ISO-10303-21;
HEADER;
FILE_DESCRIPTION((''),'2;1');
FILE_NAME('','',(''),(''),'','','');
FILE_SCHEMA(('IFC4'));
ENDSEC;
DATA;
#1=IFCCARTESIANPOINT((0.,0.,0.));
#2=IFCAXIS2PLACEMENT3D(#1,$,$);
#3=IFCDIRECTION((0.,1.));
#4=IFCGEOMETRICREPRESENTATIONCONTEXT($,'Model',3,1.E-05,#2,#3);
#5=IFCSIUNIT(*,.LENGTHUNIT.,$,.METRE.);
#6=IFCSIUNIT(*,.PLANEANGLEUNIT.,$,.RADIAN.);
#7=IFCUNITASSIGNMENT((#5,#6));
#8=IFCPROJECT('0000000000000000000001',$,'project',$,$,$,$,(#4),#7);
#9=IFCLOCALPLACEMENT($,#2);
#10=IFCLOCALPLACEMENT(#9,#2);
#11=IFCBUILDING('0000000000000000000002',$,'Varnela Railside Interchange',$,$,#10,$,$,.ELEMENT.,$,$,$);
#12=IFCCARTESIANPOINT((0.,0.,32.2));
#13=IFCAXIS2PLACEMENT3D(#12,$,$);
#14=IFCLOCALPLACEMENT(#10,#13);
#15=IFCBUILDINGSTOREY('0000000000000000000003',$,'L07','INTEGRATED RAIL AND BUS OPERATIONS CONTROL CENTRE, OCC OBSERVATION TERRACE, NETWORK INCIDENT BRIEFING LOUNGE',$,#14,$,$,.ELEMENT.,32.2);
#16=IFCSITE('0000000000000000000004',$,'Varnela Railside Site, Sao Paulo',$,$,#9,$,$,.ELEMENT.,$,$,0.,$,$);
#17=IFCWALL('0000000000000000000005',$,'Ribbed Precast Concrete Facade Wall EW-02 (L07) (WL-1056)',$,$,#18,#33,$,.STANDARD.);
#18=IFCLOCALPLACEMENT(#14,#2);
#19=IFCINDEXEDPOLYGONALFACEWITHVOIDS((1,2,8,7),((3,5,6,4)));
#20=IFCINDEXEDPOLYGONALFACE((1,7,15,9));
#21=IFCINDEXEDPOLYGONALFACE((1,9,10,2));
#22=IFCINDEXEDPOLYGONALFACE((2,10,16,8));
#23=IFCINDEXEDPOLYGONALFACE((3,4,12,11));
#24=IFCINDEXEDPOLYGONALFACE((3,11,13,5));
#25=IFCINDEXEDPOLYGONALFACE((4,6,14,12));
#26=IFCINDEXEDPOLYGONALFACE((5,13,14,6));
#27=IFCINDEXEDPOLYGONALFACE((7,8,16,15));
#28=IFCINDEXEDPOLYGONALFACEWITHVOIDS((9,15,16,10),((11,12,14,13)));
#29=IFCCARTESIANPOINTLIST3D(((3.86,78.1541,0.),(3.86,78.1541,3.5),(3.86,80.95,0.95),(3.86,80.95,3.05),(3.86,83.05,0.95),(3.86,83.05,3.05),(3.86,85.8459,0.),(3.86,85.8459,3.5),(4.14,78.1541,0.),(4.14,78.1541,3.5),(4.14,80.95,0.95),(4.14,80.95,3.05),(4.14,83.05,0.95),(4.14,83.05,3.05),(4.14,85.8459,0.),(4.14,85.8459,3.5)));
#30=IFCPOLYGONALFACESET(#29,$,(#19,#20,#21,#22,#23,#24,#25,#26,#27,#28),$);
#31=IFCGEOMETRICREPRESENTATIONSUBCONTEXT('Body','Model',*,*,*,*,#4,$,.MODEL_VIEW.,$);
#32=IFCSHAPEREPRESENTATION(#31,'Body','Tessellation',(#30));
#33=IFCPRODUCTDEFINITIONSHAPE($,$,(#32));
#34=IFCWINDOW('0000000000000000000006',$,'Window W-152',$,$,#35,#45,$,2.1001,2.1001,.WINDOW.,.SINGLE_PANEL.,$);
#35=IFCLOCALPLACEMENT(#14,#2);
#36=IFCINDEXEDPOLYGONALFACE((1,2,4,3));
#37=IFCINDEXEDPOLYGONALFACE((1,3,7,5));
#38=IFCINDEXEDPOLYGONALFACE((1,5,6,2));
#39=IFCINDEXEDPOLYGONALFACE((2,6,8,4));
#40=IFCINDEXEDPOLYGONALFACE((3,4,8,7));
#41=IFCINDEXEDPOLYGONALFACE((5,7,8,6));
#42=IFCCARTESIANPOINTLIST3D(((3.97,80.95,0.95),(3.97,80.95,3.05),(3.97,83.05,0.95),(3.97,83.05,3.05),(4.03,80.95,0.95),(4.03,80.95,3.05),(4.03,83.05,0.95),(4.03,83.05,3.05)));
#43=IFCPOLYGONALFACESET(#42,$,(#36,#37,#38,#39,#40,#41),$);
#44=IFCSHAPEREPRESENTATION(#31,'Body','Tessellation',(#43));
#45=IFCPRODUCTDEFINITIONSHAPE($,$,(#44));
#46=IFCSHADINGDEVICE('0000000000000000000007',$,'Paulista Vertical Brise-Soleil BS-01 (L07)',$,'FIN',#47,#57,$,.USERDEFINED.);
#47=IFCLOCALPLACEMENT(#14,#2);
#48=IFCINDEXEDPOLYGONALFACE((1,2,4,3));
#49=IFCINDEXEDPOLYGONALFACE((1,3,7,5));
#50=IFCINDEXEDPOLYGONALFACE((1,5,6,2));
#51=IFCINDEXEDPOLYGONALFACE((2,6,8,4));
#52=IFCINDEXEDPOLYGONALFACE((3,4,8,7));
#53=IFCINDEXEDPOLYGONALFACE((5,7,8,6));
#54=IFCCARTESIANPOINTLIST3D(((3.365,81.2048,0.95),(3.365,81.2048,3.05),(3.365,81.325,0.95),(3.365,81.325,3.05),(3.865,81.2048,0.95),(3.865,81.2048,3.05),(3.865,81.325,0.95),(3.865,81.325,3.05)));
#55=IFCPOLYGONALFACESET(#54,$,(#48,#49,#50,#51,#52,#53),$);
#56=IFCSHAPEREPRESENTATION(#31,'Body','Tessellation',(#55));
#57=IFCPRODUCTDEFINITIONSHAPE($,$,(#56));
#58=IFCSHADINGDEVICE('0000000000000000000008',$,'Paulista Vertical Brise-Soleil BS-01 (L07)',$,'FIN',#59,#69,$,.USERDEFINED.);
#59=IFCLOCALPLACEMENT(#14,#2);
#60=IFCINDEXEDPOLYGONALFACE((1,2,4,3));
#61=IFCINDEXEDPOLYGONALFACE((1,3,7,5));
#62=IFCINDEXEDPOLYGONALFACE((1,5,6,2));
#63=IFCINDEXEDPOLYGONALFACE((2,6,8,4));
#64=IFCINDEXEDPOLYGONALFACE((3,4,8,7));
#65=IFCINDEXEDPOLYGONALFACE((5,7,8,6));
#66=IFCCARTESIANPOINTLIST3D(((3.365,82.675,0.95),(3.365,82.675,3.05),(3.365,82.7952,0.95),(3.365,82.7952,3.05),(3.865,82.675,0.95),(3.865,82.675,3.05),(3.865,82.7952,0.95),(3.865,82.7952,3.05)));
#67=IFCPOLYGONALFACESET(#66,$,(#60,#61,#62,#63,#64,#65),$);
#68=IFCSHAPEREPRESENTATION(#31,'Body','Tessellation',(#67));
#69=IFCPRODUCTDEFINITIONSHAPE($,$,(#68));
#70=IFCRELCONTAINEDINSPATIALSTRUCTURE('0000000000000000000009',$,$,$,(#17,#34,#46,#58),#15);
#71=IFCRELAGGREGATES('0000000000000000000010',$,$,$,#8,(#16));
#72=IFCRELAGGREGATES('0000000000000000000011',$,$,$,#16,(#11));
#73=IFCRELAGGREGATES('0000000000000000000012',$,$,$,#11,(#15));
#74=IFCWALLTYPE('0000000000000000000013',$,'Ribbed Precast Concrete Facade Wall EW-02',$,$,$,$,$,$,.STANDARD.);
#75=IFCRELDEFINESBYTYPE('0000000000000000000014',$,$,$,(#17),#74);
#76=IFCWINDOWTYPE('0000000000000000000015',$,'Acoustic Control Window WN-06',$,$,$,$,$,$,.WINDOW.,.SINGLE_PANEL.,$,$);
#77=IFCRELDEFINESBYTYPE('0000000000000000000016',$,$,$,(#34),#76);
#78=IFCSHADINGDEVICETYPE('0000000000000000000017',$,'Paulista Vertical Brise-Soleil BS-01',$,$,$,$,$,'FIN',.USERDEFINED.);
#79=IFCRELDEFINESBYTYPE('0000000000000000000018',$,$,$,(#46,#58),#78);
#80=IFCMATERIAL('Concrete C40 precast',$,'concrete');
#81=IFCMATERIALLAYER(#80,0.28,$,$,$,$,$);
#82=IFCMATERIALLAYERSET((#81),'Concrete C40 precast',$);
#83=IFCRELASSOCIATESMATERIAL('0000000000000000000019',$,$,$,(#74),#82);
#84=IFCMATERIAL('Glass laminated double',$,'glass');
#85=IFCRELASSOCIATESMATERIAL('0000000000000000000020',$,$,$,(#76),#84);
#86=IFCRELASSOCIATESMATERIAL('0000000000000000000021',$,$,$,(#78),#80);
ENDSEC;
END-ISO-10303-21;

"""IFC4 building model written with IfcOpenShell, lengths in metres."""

from ifc_helpers import new_model, si_unit, direction, frame, frame_2d, origin, origin_2d, place, context, subcontext, project, spatial, rectangle, extrude, material, layer, layer_set, type_object, element, fill, save


model = new_model("IFC4")

# Units and contexts
model_context = context("Model", 3, precision=1e-05, world=origin(), true_north=direction((0.0, 1.0)))
body_context = subcontext(model_context, "Body", "Model", "MODEL_VIEW")
ifc_project = project(units=[si_unit("LENGTHUNIT", "METRE"), si_unit("PLANEANGLEUNIT", "RADIAN")], contexts=[model_context])

# Site, building, storey
site_placement = place(None, origin())
site = spatial("IfcSite", under=ifc_project, at=site_placement, Name="Varnela Railside Site, Sao Paulo", CompositionType="ELEMENT", RefElevation=0.0)
building_placement = place(site_placement, origin())
building = spatial("IfcBuilding", under=site, at=building_placement, Name="Varnela Railside Interchange", CompositionType="ELEMENT")
storey_placement = place(building_placement, frame((0.0, 0.0, 32.2)))
storey = spatial("IfcBuildingStorey", under=building, at=storey_placement, Name="L07", Description="INTEGRATED RAIL AND BUS OPERATIONS CONTROL CENTRE, OCC OBSERVATION TERRACE, NETWORK INCIDENT BRIEFING LOUNGE", CompositionType="ELEMENT", Elevation=32.2)

# Shared definitions
ifc_material_1 = material(Name="Glass laminated double", Category="glass")

# Wall, opening, window
ifc_material_2 = material(Name="Concrete C40 precast", Category="concrete")
ifc_layer_1 = layer(ifc_material_2, 0.28)
ifc_layer_set_1 = layer_set([ifc_layer_1], Name="Concrete C40 precast")
wall_type = type_object("IfcWallType", Name="Ribbed Precast Concrete Facade Wall EW-02", PredefinedType="STANDARD", material=ifc_layer_set_1)
wall_placement = place(storey_placement, frame((4.0, 78.1541, 0.0), z_axis=(0.0, 0.0, 1.0), x_axis=(0.0, 1.0, 0.0)))
wall = element("IfcWall", 1, at=wall_placement, inside=storey, type_object=wall_type, Name="Ribbed Precast Concrete Facade Wall EW-02 (L07) (WL-1056)", PredefinedType="STANDARD", context=body_context, shape_type="SweptSolid", body=[
    extrude(rectangle(XDim=7.6919, YDim=0.28, at=frame_2d((3.8459, 0.0))), origin(), (0.0, 0.0, 1.0), 3.5),
])
opening_placement = place(wall_placement, frame((2.7959, 0.0, 0.95)))
opening = element("IfcOpeningElement", 2, at=opening_placement, cuts=wall, PredefinedType="OPENING", context=body_context, shape_type="SweptSolid", body=[
    extrude(rectangle(XDim=2.1001, YDim=2.1001, at=frame_2d((1.05, 1.05))), frame((0.0, 0.1499, 0.0), z_axis=(0.0, -1.0, 0.0), x_axis=(1.0, 0.0, 0.0)), (0.0, 0.0, 1.0), 0.3),
])
window_type = type_object("IfcWindowType", Name="Acoustic Control Window WN-06", PartitioningType="SINGLE_PANEL", PredefinedType="WINDOW", material=ifc_material_1)
window_placement = place(opening_placement, origin())
window = element("IfcWindow", 3, at=window_placement, inside=storey, type_object=window_type, Name="Window W-152", OverallHeight=2.1001, OverallWidth=2.1001, PartitioningType="SINGLE_PANEL", PredefinedType="WINDOW", context=body_context, shape_type="SweptSolid", body=[
    extrude(rectangle(XDim=2.1001, YDim=2.1001, at=frame_2d((1.05, 1.05))), frame((0.0, 0.03, 0.0), z_axis=(0.0, -1.0, 0.0), x_axis=(1.0, 0.0, 0.0)), (0.0, 0.0, 1.0), 0.0601),
])
fill(opening, window)

# Shading devices
shading_device_type = type_object("IfcShadingDeviceType", Name="Paulista Vertical Brise-Soleil BS-01", ElementType="FIN", PredefinedType="USERDEFINED", material=ifc_material_2)
for number, where, z_axis, x_axis, name in (
    (4, (3.615, 81.2649, 0.95), (0.0, 0.0, 1.0), (-1.0, 0.0, 0.0), "Paulista Vertical Brise-Soleil BS-01 (L07)"),
    (5, (3.615, 82.7351, 0.95), (0.0, 0.0, 1.0), (-1.0, 0.0, 0.0), "Paulista Vertical Brise-Soleil BS-01 (L07)"),
):
    element("IfcShadingDevice", number, at=place(storey_placement, frame(where, z_axis=z_axis, x_axis=x_axis)), inside=storey, type_object=shading_device_type, Name=name, ObjectType="FIN", PredefinedType="USERDEFINED", context=body_context, shape_type="SweptSolid", body=[
        extrude(rectangle(XDim=0.5, YDim=0.1201, at=origin_2d()), origin(), (0.0, 0.0, 1.0), 2.1001),
    ])

save(model, "model.ifc")
